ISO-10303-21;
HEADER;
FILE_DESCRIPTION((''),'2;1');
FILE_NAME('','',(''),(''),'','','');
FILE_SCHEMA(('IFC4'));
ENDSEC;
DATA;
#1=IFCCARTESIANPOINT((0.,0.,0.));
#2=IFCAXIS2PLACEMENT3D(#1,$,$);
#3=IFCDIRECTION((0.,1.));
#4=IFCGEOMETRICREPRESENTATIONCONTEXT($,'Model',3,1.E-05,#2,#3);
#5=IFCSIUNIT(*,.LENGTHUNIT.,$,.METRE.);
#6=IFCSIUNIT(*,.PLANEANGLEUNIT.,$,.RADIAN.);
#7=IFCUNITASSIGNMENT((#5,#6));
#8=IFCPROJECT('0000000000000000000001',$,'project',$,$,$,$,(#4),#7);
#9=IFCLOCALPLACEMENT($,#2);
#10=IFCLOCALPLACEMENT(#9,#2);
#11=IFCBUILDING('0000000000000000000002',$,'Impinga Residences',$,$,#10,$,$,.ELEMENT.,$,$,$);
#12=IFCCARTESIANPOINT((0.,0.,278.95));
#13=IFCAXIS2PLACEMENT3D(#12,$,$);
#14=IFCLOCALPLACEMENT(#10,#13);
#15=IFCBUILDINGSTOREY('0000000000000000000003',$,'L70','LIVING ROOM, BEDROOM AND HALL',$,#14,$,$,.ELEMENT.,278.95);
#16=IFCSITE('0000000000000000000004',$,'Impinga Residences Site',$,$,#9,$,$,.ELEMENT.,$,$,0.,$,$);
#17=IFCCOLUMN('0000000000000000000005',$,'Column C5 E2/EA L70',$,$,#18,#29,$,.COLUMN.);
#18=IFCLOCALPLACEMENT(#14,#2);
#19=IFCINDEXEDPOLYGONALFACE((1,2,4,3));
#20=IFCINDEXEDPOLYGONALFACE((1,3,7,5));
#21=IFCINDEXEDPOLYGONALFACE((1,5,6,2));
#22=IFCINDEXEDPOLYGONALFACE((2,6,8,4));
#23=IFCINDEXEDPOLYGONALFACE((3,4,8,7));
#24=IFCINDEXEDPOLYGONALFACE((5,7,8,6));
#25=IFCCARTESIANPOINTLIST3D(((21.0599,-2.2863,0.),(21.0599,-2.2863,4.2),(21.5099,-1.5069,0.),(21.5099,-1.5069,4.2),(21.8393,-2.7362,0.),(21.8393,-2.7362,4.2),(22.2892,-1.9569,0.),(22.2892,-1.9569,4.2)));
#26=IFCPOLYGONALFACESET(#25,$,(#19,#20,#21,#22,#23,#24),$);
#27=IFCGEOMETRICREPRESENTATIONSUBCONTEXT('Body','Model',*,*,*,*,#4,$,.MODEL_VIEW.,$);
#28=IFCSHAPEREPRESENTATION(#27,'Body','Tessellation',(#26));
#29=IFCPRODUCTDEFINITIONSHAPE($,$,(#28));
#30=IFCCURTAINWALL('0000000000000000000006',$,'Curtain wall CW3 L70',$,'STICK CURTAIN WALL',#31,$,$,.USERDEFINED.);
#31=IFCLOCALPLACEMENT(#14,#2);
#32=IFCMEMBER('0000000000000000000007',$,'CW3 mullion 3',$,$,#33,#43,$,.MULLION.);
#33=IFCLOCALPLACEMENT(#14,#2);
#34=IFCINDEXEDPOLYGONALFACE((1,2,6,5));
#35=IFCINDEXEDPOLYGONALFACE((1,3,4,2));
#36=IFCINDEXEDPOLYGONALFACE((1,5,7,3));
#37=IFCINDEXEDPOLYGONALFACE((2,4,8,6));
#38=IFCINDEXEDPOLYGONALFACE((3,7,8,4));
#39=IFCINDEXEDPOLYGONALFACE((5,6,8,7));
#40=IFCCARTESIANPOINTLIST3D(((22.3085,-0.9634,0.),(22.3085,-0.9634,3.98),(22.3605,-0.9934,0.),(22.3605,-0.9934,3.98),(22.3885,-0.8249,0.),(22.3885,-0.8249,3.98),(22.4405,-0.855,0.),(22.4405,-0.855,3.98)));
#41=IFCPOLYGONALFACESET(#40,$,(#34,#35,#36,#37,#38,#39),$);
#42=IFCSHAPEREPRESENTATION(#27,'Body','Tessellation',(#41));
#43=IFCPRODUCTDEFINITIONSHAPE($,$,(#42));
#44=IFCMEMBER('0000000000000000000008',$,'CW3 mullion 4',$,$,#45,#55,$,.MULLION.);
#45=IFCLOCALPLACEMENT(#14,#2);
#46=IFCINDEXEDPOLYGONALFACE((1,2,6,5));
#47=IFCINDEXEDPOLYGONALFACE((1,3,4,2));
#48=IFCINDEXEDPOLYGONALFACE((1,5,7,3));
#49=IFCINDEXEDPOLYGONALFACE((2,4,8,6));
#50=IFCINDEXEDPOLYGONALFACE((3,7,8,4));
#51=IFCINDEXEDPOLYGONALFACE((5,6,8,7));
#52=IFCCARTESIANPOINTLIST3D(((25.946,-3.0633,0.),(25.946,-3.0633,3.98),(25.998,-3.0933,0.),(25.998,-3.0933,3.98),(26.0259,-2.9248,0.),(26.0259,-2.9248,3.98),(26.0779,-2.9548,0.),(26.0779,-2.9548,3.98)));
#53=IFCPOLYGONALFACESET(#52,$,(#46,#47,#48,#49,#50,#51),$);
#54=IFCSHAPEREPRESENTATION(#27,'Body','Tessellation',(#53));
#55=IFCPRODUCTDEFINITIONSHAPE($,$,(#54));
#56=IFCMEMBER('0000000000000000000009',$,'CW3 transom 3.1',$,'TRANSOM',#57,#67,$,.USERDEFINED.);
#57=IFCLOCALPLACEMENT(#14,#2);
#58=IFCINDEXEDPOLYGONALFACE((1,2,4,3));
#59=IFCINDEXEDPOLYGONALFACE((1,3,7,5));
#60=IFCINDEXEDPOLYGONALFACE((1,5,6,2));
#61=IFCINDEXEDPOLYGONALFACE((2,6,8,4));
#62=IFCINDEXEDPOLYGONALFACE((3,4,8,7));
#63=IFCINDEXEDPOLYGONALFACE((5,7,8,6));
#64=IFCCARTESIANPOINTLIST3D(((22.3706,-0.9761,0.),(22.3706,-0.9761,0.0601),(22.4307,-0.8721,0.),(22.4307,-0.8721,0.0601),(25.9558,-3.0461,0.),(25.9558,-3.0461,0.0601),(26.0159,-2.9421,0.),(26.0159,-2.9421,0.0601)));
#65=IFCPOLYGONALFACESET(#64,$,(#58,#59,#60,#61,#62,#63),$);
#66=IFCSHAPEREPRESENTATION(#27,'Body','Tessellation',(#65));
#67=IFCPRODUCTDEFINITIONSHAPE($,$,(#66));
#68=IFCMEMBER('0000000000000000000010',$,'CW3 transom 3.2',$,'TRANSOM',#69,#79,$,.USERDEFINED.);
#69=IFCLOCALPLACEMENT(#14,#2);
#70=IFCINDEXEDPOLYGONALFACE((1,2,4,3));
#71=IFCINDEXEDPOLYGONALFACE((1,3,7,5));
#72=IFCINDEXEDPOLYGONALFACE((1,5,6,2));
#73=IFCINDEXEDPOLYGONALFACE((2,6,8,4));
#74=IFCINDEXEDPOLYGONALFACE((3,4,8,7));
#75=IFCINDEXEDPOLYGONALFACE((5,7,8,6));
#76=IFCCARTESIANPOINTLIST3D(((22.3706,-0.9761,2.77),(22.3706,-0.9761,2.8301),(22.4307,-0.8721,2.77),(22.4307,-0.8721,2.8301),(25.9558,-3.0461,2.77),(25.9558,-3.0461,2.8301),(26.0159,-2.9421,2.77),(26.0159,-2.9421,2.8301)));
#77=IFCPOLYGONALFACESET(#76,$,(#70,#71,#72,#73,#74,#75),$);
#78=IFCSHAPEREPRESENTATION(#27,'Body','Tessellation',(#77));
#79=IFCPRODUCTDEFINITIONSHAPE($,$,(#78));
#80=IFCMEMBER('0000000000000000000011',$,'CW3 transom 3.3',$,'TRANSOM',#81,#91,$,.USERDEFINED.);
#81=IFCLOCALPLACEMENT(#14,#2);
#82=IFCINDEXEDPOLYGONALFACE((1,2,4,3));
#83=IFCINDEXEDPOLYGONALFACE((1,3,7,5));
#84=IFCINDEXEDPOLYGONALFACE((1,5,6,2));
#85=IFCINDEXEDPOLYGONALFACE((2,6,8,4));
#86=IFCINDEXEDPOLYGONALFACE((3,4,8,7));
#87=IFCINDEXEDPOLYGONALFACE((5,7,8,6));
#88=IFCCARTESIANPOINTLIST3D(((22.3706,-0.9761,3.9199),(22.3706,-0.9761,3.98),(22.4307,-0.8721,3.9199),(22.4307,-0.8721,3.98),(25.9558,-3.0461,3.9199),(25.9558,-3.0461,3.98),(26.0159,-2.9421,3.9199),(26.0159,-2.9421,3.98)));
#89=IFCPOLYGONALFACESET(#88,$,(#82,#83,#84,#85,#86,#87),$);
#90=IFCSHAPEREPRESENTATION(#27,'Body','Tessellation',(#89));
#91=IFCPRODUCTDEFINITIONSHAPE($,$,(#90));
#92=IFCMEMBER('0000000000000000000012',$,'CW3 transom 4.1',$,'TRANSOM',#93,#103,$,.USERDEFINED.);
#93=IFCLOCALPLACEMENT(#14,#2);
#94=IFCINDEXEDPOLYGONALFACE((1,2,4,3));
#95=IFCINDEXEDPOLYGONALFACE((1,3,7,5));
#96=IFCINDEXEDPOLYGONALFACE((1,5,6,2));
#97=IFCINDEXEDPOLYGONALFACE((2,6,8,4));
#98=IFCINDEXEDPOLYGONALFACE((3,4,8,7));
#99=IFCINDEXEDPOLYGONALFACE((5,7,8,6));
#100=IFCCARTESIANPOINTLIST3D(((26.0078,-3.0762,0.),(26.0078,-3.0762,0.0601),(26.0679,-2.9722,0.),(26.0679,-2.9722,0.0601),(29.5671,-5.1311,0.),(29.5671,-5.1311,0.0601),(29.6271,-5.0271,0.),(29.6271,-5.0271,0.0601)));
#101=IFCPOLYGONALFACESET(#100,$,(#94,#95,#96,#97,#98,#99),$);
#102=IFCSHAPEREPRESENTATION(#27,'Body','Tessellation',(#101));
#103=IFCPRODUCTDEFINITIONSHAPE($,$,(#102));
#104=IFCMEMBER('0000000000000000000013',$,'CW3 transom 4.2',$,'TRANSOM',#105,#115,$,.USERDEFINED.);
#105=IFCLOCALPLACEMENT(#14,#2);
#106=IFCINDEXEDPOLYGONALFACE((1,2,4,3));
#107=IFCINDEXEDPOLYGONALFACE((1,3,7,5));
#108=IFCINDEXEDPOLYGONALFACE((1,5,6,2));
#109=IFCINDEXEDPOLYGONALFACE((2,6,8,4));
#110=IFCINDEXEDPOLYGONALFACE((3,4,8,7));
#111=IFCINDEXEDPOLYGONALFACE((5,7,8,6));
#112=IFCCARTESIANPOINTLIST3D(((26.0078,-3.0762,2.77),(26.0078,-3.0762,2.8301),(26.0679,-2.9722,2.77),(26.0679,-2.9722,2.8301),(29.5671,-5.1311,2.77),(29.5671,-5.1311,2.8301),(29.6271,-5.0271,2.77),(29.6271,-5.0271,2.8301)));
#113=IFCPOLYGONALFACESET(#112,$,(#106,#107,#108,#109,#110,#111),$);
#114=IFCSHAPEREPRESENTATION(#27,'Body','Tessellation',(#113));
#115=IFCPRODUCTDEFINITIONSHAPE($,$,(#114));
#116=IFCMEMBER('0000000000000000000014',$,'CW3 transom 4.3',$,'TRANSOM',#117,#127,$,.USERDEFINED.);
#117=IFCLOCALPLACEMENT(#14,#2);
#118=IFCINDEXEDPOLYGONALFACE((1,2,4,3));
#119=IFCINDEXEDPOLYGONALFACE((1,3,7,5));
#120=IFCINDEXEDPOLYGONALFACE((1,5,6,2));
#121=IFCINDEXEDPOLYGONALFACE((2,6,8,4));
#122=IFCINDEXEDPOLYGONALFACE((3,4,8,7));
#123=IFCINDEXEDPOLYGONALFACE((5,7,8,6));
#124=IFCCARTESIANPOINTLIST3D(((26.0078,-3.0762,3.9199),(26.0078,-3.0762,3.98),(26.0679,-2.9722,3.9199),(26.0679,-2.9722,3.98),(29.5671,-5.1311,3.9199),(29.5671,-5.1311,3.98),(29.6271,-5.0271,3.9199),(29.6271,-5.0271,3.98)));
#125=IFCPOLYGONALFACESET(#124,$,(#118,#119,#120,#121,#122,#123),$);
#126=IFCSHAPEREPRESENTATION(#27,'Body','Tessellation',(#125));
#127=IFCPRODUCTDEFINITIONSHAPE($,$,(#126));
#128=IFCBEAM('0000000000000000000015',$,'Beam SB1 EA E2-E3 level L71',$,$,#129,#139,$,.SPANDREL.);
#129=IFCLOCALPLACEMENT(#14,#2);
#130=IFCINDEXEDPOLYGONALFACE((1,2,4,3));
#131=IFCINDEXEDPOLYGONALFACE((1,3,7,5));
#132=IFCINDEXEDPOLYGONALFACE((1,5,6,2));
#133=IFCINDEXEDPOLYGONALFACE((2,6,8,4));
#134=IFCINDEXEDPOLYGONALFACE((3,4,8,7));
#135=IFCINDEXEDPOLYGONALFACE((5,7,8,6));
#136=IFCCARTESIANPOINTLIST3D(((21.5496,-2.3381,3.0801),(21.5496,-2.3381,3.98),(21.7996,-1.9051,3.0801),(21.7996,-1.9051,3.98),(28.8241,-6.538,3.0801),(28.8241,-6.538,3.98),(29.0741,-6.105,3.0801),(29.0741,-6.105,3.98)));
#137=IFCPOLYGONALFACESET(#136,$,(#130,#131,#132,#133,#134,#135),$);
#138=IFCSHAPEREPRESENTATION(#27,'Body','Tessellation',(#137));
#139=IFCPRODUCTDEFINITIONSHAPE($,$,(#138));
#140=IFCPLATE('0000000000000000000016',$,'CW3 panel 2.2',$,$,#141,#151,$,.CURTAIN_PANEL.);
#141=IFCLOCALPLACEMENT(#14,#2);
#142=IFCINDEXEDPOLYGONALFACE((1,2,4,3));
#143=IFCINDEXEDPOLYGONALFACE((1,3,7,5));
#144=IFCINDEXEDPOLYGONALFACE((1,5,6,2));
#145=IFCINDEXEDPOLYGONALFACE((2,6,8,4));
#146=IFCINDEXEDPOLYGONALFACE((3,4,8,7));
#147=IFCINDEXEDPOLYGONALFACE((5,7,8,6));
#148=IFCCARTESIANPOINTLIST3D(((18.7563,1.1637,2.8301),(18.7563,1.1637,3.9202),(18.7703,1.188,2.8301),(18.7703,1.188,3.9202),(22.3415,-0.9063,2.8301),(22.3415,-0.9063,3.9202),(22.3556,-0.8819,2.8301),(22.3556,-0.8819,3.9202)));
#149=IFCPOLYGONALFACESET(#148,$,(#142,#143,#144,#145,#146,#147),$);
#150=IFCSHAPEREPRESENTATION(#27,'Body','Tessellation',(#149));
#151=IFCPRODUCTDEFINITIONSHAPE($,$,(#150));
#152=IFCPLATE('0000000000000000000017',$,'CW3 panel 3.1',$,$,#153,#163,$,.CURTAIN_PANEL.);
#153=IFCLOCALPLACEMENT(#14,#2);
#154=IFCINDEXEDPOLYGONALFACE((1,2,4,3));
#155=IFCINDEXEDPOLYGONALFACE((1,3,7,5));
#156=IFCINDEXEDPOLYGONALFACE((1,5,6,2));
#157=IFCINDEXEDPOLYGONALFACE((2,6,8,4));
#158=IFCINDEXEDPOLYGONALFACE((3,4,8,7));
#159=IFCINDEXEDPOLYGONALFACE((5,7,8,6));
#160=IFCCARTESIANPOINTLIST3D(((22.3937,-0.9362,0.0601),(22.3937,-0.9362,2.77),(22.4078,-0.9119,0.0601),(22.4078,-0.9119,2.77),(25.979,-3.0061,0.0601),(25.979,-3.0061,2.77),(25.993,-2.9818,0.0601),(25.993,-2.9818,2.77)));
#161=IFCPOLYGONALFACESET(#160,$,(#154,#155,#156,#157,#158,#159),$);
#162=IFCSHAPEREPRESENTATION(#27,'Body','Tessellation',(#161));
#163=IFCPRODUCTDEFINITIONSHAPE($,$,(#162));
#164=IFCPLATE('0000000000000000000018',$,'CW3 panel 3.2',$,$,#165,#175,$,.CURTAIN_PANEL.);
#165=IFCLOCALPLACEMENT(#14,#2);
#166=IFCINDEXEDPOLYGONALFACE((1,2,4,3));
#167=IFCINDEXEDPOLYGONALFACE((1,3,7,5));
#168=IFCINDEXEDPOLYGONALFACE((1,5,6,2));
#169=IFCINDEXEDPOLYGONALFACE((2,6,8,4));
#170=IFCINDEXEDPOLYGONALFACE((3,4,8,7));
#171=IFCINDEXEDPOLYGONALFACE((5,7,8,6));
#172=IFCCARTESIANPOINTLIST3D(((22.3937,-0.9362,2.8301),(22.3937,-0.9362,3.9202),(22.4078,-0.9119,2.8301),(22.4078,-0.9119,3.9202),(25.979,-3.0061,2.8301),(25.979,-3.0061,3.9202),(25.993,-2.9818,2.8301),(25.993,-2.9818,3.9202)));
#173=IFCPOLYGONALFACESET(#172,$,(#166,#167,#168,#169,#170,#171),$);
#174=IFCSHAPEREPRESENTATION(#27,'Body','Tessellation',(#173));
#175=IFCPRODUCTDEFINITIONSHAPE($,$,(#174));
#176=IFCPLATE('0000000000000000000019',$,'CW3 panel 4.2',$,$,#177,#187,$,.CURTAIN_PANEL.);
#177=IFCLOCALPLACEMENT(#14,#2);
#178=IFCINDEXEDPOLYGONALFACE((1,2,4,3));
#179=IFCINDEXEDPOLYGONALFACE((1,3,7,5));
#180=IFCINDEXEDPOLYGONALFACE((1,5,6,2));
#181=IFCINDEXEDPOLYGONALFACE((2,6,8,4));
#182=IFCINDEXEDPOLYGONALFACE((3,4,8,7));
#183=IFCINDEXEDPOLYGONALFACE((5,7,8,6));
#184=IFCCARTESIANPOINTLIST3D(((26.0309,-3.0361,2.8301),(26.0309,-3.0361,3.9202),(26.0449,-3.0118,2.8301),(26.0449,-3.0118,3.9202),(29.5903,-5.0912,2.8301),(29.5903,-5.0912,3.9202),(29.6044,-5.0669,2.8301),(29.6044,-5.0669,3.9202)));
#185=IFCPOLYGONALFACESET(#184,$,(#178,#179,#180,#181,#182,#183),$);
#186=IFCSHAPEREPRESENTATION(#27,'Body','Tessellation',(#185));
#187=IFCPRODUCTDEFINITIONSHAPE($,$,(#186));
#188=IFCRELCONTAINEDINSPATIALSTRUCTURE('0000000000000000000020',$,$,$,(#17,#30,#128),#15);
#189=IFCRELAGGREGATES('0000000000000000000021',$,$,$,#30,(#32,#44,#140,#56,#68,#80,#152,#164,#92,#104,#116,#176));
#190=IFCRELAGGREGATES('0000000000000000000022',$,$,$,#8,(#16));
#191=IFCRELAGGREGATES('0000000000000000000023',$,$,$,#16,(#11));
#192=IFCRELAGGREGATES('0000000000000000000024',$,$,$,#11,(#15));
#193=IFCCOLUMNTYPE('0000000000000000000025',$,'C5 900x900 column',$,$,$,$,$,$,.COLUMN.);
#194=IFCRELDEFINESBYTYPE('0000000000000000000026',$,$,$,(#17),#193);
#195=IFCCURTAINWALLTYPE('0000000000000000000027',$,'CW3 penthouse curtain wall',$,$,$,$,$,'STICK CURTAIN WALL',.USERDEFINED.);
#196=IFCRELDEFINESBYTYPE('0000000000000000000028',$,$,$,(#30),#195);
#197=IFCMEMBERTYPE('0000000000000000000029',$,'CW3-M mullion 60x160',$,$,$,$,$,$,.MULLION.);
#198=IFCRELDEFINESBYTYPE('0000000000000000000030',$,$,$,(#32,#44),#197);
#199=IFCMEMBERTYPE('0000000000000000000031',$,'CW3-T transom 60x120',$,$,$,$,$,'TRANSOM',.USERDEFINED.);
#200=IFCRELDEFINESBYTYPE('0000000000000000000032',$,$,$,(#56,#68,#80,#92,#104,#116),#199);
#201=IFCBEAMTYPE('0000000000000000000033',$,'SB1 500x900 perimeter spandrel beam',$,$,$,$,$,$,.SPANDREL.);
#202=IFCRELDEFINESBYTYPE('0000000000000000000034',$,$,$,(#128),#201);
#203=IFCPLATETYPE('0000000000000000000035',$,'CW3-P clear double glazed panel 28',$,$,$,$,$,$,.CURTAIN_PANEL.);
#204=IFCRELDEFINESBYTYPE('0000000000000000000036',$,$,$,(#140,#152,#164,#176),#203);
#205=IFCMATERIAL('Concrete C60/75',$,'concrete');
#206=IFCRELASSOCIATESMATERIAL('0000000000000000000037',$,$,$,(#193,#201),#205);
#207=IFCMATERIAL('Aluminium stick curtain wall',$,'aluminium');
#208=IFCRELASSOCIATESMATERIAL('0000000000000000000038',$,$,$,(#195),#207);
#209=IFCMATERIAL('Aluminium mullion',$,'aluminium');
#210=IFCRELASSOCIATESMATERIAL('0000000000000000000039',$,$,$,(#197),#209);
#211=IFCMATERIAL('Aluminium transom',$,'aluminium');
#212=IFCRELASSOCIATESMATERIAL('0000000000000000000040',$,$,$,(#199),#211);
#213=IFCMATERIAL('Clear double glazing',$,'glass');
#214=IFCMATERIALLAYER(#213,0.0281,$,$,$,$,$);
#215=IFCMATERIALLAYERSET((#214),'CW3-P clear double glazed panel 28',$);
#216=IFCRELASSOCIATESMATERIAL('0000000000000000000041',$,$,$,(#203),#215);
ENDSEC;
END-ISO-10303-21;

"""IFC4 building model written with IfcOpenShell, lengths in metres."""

from ifc_helpers import new_model, si_unit, direction, frame, origin, origin_2d, place, context, subcontext, project, spatial, rectangle, extrude, material, layer, layer_set, material_profile, profile_set, type_object, element, aggregate, save


model = new_model("IFC4")

# Units and contexts
model_context = context("Model", 3, precision=1e-05, world=origin(), true_north=direction((0.0, 1.0)))
body_context = subcontext(model_context, "Body", "Model", "MODEL_VIEW")
ifc_project = project(units=[si_unit("LENGTHUNIT", "METRE"), si_unit("PLANEANGLEUNIT", "RADIAN")], contexts=[model_context])

# Site, building, storey
site_placement = place(None, origin())
site = spatial("IfcSite", under=ifc_project, at=site_placement, Name="Impinga Residences Site", CompositionType="ELEMENT", RefElevation=0.0)
building_placement = place(site_placement, origin())
building = spatial("IfcBuilding", under=site, at=building_placement, Name="Impinga Residences", CompositionType="ELEMENT")
storey_placement = place(building_placement, frame((0.0, 0.0, 278.95)))
storey = spatial("IfcBuildingStorey", under=building, at=storey_placement, Name="L70", Description="LIVING ROOM, BEDROOM AND HALL", CompositionType="ELEMENT", Elevation=278.95)

# Column
ifc_material_1 = material(Name="Concrete C60/75", Category="concrete")
ifc_material_profile_1 = material_profile(ifc_material_1, rectangle(XDim=0.8999, YDim=0.8999, at=origin_2d()), Name="RC 900x900")
ifc_profile_set_1 = profile_set([ifc_material_profile_1], Name="Concrete C60/75")
column_type = type_object("IfcColumnType", Name="C5 900x900 column", PredefinedType="COLUMN", material=ifc_profile_set_1)
column_placement = place(storey_placement, frame((21.6746, -2.1216, 0.0), z_axis=(0.0, 0.0, 1.0), x_axis=(-0.5, -0.866025, 0.0)))
element("IfcColumn", 1, at=column_placement, inside=storey, type_object=column_type, Name="Column C5 E2/EA L70", PredefinedType="COLUMN", context=body_context, shape_type="SweptSolid", body=[
    extrude(rectangle(XDim=0.8999, YDim=0.8999, at=origin_2d()), origin(), (0.0, 0.0, 1.0), 4.2),
])

# Curtain wall, members
ifc_material_2 = material(Name="Aluminium stick curtain wall", Category="aluminium")
curtain_wall_type = type_object("IfcCurtainWallType", Name="CW3 penthouse curtain wall", ElementType="STICK CURTAIN WALL", PredefinedType="USERDEFINED", material=ifc_material_2)
curtain_wall_placement = place(storey_placement, origin())
curtain_wall = element("IfcCurtainWall", 2, at=curtain_wall_placement, inside=storey, type_object=curtain_wall_type, Name="Curtain wall CW3 L70", ObjectType="STICK CURTAIN WALL", PredefinedType="USERDEFINED")
ifc_material_3 = material(Name="Aluminium mullion", Category="aluminium")
ifc_material_profile_2 = material_profile(ifc_material_3, rectangle(XDim=0.0601, YDim=0.1599, at=origin_2d()), Name="60x160 mullion")
ifc_profile_set_2 = profile_set([ifc_material_profile_2], Name="Aluminium mullion")
member_type_1 = type_object("IfcMemberType", Name="CW3-M mullion 60x160", PredefinedType="MULLION", material=ifc_profile_set_2)
member_1_placement = place(storey_placement, frame((22.3745, -0.9092, 0.0), z_axis=(0.0, 0.0, 1.0), x_axis=(0.866025, -0.5, 0.0)))
member_1 = element("IfcMember", 3, at=member_1_placement, type_object=member_type_1, Name="CW3 mullion 3", PredefinedType="MULLION", context=body_context, shape_type="SweptSolid", body=[
    extrude(rectangle(XDim=0.0601, YDim=0.1599, at=origin_2d()), origin(), (0.0, 0.0, 1.0), 3.98),
])
member_2_placement = place(storey_placement, frame((26.012, -3.009, 0.0), z_axis=(0.0, 0.0, 1.0), x_axis=(0.866025, -0.5, 0.0)))
member_2 = element("IfcMember", 4, at=member_2_placement, type_object=member_type_1, Name="CW3 mullion 4", PredefinedType="MULLION", context=body_context, shape_type="SweptSolid", body=[
    extrude(rectangle(XDim=0.0601, YDim=0.1599, at=origin_2d()), origin(), (0.0, 0.0, 1.0), 3.98),
])
ifc_material_4 = material(Name="Aluminium transom", Category="aluminium")
ifc_material_profile_3 = material_profile(ifc_material_4, rectangle(XDim=0.0601, YDim=0.1201, at=origin_2d()), Name="60x120 transom")
ifc_profile_set_3 = profile_set([ifc_material_profile_3], Name="Aluminium transom")
member_type_2 = type_object("IfcMemberType", Name="CW3-T transom 60x120", ElementType="TRANSOM", PredefinedType="USERDEFINED", material=ifc_profile_set_3)
member_3_placement = place(storey_placement, frame((22.4006, -0.9241, 0.03), z_axis=(0.86601, -0.500027, 0.0), x_axis=(0.0, 0.0, 1.0)))
member_3 = element("IfcMember", 5, at=member_3_placement, type_object=member_type_2, Name="CW3 transom 3.1", ObjectType="TRANSOM", PredefinedType="USERDEFINED", context=body_context, shape_type="SweptSolid", body=[
    extrude(rectangle(XDim=0.0601, YDim=0.1201, at=origin_2d()), origin(), (0.0, 0.0, 1.0), 4.1399),
])
member_4_placement = place(storey_placement, frame((22.4006, -0.9241, 2.8), z_axis=(0.86601, -0.500027, 0.0), x_axis=(0.0, 0.0, 1.0)))
member_4 = element("IfcMember", 6, at=member_4_placement, type_object=member_type_2, Name="CW3 transom 3.2", ObjectType="TRANSOM", PredefinedType="USERDEFINED", context=body_context, shape_type="SweptSolid", body=[
    extrude(rectangle(XDim=0.0601, YDim=0.1201, at=origin_2d()), origin(), (0.0, 0.0, 1.0), 4.1399),
])
member_5_placement = place(storey_placement, frame((22.4006, -0.9241, 3.95), z_axis=(0.86601, -0.500027, 0.0), x_axis=(0.0, 0.0, 1.0)))
member_5 = element("IfcMember", 7, at=member_5_placement, type_object=member_type_2, Name="CW3 transom 3.3", ObjectType="TRANSOM", PredefinedType="USERDEFINED", context=body_context, shape_type="SweptSolid", body=[
    extrude(rectangle(XDim=0.0601, YDim=0.1201, at=origin_2d()), origin(), (0.0, 0.0, 1.0), 4.1399),
])
member_6_placement = place(storey_placement, frame((26.0378, -3.0242, 0.03), z_axis=(0.86603, -0.499992, 0.0), x_axis=(0.0, 0.0, 1.0)))
member_6 = element("IfcMember", 8, at=member_6_placement, type_object=member_type_2, Name="CW3 transom 4.1", ObjectType="TRANSOM", PredefinedType="USERDEFINED", context=body_context, shape_type="SweptSolid", body=[
    extrude(rectangle(XDim=0.0601, YDim=0.1201, at=origin_2d()), origin(), (0.0, 0.0, 1.0), 4.1099),
])
member_7_placement = place(storey_placement, frame((26.0378, -3.0242, 2.8), z_axis=(0.86603, -0.499992, 0.0), x_axis=(0.0, 0.0, 1.0)))
member_7 = element("IfcMember", 9, at=member_7_placement, type_object=member_type_2, Name="CW3 transom 4.2", ObjectType="TRANSOM", PredefinedType="USERDEFINED", context=body_context, shape_type="SweptSolid", body=[
    extrude(rectangle(XDim=0.0601, YDim=0.1201, at=origin_2d()), origin(), (0.0, 0.0, 1.0), 4.1099),
])
member_8_placement = place(storey_placement, frame((26.0378, -3.0242, 3.95), z_axis=(0.86603, -0.499992, 0.0), x_axis=(0.0, 0.0, 1.0)))
member_8 = element("IfcMember", 10, at=member_8_placement, type_object=member_type_2, Name="CW3 transom 4.3", ObjectType="TRANSOM", PredefinedType="USERDEFINED", context=body_context, shape_type="SweptSolid", body=[
    extrude(rectangle(XDim=0.0601, YDim=0.1201, at=origin_2d()), origin(), (0.0, 0.0, 1.0), 4.1099),
])

# Beam
ifc_material_profile_4 = material_profile(ifc_material_1, rectangle(XDim=0.5, YDim=0.8999, at=origin_2d()), Name="RC 500x900")
ifc_profile_set_4 = profile_set([ifc_material_profile_4], Name="Concrete C60/75")
beam_type = type_object("IfcBeamType", Name="SB1 500x900 perimeter spandrel beam", PredefinedType="SPANDREL", material=ifc_profile_set_4)
beam_placement = place(storey_placement, frame((21.6746, -2.1216, 3.53), z_axis=(0.866029, -0.499993, 0.0), x_axis=(0.499993, 0.866029, 0.0)))
element("IfcBeam", 11, at=beam_placement, inside=storey, type_object=beam_type, Name="Beam SB1 EA E2-E3 level L71", PredefinedType="SPANDREL", context=body_context, shape_type="SweptSolid", body=[
    extrude(rectangle(XDim=0.5, YDim=0.8999, at=origin_2d()), origin(), (0.0, 0.0, 1.0), 8.3999),
])

# Plates
ifc_material_5 = material(Name="Clear double glazing", Category="glass")
ifc_layer_1 = layer(ifc_material_5, 0.0281)
ifc_layer_set_1 = layer_set([ifc_layer_1], Name="CW3-P clear double glazed panel 28")
plate_type = type_object("IfcPlateType", Name="CW3-P clear double glazed panel 28", PredefinedType="CURTAIN_PANEL", material=ifc_layer_set_1)
plate_1_placement = place(storey_placement, frame((20.5559, 0.1409, 2.8301), z_axis=(0.0, 0.0, 1.0), x_axis=(0.866025, -0.5, 0.0)))
plate_1 = element("IfcPlate", 12, at=plate_1_placement, type_object=plate_type, Name="CW3 panel 2.2", PredefinedType="CURTAIN_PANEL", context=body_context, shape_type="SweptSolid", body=[
    extrude(rectangle(XDim=4.1399, YDim=0.0281, at=origin_2d()), origin(), (0.0, 0.0, 1.0), 1.0901),
])
plate_2_placement = place(storey_placement, frame((24.1934, -1.959, 0.0601), z_axis=(0.0, 0.0, 1.0), x_axis=(0.866025, -0.5, 0.0)))
plate_2 = element("IfcPlate", 13, at=plate_2_placement, type_object=plate_type, Name="CW3 panel 3.1", PredefinedType="CURTAIN_PANEL", context=body_context, shape_type="SweptSolid", body=[
    extrude(rectangle(XDim=4.1399, YDim=0.0281, at=origin_2d()), origin(), (0.0, 0.0, 1.0), 2.71),
])
plate_3_placement = place(storey_placement, frame((24.1934, -1.959, 2.8301), z_axis=(0.0, 0.0, 1.0), x_axis=(0.866025, -0.5, 0.0)))
plate_3 = element("IfcPlate", 14, at=plate_3_placement, type_object=plate_type, Name="CW3 panel 3.2", PredefinedType="CURTAIN_PANEL", context=body_context, shape_type="SweptSolid", body=[
    extrude(rectangle(XDim=4.1399, YDim=0.0281, at=origin_2d()), origin(), (0.0, 0.0, 1.0), 1.0901),
])
plate_4_placement = place(storey_placement, frame((27.8176, -4.0515, 2.8301), z_axis=(0.0, 0.0, 1.0), x_axis=(0.866025, -0.5, 0.0)))
plate_4 = element("IfcPlate", 15, at=plate_4_placement, type_object=plate_type, Name="CW3 panel 4.2", PredefinedType="CURTAIN_PANEL", context=body_context, shape_type="SweptSolid", body=[
    extrude(rectangle(XDim=4.1101, YDim=0.0281, at=origin_2d()), origin(), (0.0, 0.0, 1.0), 1.0901),
])
aggregate(curtain_wall, [member_1, member_2, plate_1, member_3, member_4, member_5, plate_2, plate_3, member_6, member_7, member_8, plate_4])

save(model, "model.ifc")
